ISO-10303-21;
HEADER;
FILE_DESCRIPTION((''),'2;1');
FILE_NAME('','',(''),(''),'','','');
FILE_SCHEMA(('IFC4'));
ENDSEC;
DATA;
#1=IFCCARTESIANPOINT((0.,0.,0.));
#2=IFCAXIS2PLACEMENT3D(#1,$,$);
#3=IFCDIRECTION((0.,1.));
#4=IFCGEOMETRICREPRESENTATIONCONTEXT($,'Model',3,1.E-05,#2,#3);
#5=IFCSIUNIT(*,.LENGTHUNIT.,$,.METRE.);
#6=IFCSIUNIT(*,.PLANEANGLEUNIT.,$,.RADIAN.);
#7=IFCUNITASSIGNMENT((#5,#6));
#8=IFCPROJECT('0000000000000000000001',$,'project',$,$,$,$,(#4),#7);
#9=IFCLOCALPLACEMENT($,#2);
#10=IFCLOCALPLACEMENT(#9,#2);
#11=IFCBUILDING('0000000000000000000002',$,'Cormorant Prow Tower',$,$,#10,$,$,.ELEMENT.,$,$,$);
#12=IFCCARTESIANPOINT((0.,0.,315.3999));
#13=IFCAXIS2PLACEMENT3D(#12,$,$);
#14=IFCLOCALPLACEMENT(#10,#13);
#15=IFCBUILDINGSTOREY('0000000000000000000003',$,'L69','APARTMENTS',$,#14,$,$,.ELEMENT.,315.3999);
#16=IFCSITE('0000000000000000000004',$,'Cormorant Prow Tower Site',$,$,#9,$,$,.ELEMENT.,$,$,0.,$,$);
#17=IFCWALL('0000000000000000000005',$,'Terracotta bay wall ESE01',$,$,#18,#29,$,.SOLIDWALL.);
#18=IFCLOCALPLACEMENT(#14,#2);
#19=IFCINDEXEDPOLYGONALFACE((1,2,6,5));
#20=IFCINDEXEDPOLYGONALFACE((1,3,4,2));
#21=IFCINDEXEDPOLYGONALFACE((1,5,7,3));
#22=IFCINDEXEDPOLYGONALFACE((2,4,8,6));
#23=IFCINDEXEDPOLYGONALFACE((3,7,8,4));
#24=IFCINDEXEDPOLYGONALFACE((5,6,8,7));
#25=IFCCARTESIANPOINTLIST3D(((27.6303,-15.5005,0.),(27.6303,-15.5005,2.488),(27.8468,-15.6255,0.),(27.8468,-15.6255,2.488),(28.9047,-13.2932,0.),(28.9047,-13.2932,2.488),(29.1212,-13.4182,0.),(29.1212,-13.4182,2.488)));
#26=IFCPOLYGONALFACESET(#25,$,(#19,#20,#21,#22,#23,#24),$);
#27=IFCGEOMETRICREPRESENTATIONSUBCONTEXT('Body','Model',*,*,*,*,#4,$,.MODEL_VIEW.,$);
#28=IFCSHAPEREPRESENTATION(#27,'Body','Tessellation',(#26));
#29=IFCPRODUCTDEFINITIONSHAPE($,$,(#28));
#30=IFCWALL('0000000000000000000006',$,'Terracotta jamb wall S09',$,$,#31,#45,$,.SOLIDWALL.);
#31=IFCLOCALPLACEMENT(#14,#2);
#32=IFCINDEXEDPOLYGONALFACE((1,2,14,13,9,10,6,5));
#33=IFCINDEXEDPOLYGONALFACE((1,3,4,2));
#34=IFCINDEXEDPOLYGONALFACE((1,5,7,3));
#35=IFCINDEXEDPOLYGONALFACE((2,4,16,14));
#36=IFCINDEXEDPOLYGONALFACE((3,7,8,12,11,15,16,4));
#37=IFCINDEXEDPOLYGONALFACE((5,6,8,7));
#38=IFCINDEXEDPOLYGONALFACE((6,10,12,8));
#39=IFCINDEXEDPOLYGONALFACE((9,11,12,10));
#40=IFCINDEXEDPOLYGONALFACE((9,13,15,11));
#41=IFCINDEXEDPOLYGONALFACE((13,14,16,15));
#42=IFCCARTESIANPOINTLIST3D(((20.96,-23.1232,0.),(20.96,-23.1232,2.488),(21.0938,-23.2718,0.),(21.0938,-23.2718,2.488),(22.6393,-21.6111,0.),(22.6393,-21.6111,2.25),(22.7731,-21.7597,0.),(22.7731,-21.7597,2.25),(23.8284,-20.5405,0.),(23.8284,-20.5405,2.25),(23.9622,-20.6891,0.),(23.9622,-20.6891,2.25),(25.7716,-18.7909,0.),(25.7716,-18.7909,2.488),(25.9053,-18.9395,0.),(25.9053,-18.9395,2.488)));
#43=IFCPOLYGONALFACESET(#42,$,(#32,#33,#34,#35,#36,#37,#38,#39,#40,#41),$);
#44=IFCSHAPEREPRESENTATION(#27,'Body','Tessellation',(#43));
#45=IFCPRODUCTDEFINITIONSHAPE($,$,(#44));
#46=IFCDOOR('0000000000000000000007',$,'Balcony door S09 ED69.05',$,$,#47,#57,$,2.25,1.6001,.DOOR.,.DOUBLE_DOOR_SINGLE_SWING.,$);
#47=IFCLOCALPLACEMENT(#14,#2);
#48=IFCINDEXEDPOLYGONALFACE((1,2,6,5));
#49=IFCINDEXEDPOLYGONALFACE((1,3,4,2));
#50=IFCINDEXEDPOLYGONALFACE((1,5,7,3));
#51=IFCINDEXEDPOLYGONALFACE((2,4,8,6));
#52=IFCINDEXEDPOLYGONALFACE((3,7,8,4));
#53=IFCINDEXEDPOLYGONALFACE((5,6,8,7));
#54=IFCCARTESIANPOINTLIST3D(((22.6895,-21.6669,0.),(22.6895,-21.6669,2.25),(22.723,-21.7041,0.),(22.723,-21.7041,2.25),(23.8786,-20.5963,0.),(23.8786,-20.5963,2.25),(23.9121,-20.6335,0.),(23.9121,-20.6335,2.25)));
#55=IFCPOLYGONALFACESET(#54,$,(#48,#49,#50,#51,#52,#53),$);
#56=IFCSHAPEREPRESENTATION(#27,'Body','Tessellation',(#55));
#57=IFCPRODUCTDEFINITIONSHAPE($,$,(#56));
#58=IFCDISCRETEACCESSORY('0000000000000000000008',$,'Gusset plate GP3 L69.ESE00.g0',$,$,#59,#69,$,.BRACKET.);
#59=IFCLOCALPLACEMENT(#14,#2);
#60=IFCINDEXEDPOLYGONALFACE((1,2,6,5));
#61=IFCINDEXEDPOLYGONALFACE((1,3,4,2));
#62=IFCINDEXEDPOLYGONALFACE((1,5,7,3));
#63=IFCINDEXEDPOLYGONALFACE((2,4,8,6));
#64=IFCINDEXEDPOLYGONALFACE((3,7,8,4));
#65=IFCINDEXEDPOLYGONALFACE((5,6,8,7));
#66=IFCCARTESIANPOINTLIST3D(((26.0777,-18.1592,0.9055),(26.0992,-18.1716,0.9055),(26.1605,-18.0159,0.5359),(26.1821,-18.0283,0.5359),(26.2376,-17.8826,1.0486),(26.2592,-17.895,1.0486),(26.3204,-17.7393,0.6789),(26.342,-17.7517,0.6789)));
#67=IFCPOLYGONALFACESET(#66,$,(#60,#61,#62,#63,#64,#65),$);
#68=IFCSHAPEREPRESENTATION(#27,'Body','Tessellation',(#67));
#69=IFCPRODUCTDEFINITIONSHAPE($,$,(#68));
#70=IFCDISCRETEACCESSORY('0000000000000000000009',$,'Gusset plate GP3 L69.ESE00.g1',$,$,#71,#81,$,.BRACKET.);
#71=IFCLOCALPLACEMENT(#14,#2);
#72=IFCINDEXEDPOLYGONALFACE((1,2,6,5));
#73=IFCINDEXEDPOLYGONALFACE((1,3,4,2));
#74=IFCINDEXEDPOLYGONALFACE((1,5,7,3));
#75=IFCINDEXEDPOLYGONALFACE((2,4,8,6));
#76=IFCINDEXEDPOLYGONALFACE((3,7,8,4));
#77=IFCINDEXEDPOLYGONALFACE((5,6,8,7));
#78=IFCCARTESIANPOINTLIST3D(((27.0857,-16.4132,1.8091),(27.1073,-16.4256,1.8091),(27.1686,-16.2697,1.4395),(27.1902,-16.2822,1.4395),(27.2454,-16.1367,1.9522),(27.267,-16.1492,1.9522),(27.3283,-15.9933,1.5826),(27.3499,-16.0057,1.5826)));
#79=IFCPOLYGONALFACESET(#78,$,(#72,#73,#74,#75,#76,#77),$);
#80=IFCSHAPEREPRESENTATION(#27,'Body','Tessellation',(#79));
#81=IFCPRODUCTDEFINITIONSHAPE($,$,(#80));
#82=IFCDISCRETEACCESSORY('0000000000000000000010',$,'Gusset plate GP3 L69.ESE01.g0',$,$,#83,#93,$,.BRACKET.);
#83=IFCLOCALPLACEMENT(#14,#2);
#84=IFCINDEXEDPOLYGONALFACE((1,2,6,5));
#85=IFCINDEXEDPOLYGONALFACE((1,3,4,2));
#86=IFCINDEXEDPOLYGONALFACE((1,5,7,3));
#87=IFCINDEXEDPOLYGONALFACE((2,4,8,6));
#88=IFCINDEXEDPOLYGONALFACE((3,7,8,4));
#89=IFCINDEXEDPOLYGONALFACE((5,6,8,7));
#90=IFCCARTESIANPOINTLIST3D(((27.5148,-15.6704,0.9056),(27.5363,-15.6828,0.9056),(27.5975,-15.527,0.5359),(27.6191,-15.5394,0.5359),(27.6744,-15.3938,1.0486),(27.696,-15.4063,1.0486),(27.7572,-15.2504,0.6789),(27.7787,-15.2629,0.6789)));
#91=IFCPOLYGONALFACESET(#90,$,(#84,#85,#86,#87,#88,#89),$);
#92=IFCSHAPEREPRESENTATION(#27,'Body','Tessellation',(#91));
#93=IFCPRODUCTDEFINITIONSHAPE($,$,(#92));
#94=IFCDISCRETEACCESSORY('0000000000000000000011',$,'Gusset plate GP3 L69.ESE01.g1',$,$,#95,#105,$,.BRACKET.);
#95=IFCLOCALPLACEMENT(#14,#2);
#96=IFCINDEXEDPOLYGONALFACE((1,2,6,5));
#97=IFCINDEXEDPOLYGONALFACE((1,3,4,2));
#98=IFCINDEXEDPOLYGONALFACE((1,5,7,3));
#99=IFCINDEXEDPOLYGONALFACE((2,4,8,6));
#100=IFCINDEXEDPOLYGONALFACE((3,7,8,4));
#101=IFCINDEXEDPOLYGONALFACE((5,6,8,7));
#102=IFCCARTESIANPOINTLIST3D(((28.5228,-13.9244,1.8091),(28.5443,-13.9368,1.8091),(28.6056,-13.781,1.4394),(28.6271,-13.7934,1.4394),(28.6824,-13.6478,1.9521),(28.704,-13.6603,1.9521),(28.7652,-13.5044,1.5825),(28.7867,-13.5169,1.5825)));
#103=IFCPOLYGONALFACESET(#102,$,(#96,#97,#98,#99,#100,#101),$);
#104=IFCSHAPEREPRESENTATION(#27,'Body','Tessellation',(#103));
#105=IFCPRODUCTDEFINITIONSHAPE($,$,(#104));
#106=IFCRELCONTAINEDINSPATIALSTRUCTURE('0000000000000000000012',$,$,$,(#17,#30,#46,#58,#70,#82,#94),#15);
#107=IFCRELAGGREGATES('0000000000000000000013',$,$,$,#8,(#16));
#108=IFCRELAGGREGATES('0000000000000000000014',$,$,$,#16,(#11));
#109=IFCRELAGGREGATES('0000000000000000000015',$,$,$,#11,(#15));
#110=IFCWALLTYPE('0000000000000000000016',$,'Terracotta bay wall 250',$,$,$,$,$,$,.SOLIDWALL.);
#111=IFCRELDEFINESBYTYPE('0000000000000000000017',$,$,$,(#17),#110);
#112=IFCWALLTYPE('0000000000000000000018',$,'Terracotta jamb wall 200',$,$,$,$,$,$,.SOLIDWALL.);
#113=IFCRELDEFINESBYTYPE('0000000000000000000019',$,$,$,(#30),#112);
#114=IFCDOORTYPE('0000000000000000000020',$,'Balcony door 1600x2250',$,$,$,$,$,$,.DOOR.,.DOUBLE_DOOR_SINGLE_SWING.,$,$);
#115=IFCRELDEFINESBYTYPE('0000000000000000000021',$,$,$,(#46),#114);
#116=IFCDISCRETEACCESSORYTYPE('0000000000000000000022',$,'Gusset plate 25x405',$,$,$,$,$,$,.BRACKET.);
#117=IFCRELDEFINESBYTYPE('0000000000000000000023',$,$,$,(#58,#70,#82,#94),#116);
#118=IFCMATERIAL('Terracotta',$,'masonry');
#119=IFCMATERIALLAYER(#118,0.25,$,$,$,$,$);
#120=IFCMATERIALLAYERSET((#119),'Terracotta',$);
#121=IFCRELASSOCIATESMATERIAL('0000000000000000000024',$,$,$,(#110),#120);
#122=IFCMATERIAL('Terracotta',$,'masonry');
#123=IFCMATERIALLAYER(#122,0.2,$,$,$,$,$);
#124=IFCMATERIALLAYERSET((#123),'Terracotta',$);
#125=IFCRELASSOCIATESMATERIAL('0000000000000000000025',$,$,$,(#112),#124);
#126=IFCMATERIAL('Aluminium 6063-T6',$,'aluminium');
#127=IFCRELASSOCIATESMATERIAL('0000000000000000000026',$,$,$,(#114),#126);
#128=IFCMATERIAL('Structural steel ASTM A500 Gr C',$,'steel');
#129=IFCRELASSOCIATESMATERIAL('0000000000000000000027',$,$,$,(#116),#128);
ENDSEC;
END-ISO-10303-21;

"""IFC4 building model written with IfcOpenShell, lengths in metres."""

from ifc_helpers import new_model, si_unit, direction, frame, frame_2d, origin, origin_2d, place, context, subcontext, project, spatial, rectangle, extrude, material, layer, layer_set, material_profile, profile_set, type_object, element, fill, save


model = new_model("IFC4")

# Units and contexts
model_context = context("Model", 3, precision=1e-05, world=origin(), true_north=direction((0.0, 1.0)))
body_context = subcontext(model_context, "Body", "Model", "MODEL_VIEW")
ifc_project = project(units=[si_unit("LENGTHUNIT", "METRE"), si_unit("PLANEANGLEUNIT", "RADIAN")], contexts=[model_context])

# Site, building, storey
site_placement = place(None, origin())
site = spatial("IfcSite", under=ifc_project, at=site_placement, Name="Cormorant Prow Tower Site", CompositionType="ELEMENT", RefElevation=0.0)
building_placement = place(site_placement, origin())
building = spatial("IfcBuilding", under=site, at=building_placement, Name="Cormorant Prow Tower", CompositionType="ELEMENT")
storey_placement = place(building_placement, frame((0.0, 0.0, 315.3999)))
storey = spatial("IfcBuildingStorey", under=building, at=storey_placement, Name="L69", Description="APARTMENTS", CompositionType="ELEMENT", Elevation=315.3999)

# Shared definitions
ifc_material_1 = material(Name="Terracotta", Category="masonry")
ifc_layer_1 = layer(ifc_material_1, 0.25)
ifc_layer_set_1 = layer_set([ifc_layer_1], Name="Terracotta")
wall_type_1 = type_object("IfcWallType", Name="Terracotta bay wall 250", PredefinedType="SOLIDWALL", material=ifc_layer_set_1)

# Wall
wall_1_placement = place(storey_placement, frame((27.7385, -15.563, 0.0), z_axis=(0.0, 0.0, 1.0), x_axis=(0.500013, 0.866018, 0.0)))
element("IfcWall", 1, at=wall_1_placement, inside=storey, type_object=wall_type_1, Name="Terracotta bay wall ESE01", PredefinedType="SOLIDWALL", context=body_context, shape_type="SweptSolid", body=[
    extrude(rectangle(XDim=2.5488, YDim=0.25, at=frame_2d((1.2744, 0.0))), origin(), (0.0, 0.0, 1.0), 2.488),
])

# Wall, opening, door
ifc_material_2 = material(Name="Terracotta", Category="masonry")
ifc_layer_2 = layer(ifc_material_2, 0.2)
ifc_layer_set_2 = layer_set([ifc_layer_2], Name="Terracotta")
wall_type_2 = type_object("IfcWallType", Name="Terracotta jamb wall 200", PredefinedType="SOLIDWALL", material=ifc_layer_set_2)
wall_2_placement = place(storey_placement, frame((21.0269, -23.1975, 0.0), z_axis=(0.0, 0.0, 1.0), x_axis=(0.743148, 0.669127, 0.0)))
wall_2 = element("IfcWall", 2, at=wall_2_placement, inside=storey, type_object=wall_type_2, Name="Terracotta jamb wall S09", PredefinedType="SOLIDWALL", context=body_context, shape_type="SweptSolid", body=[
    extrude(rectangle(XDim=6.4746, YDim=0.2, at=frame_2d((3.2373, 0.0))), origin(), (0.0, 0.0, 1.0), 2.488),
])
opening_1_placement = place(wall_2_placement, frame((2.2598, 0.0, 0.0)))
opening_1 = element("IfcOpeningElement", 3, at=opening_1_placement, cuts=wall_2, PredefinedType="OPENING", context=body_context, shape_type="SweptSolid", body=[
    extrude(rectangle(XDim=1.6001, YDim=2.25, at=frame_2d((0.8, 1.125))), frame((0.0, 0.1099, 0.0), z_axis=(0.0, -1.0, 0.0), x_axis=(1.0, 0.0, 0.0)), (0.0, 0.0, 1.0), 0.22),
])
ifc_material_3 = material(Name="Aluminium 6063-T6", Category="aluminium")
door_type_1 = type_object("IfcDoorType", Name="Balcony door 1600x2250", OperationType="DOUBLE_DOOR_SINGLE_SWING", PredefinedType="DOOR", material=ifc_material_3)
door_1_placement = place(opening_1_placement, origin())
door_1 = element("IfcDoor", 4, at=door_1_placement, inside=storey, type_object=door_type_1, Name="Balcony door S09 ED69.05", OperationType="DOUBLE_DOOR_SINGLE_SWING", OverallHeight=2.25, OverallWidth=1.6001, PredefinedType="DOOR", context=body_context, shape_type="SweptSolid", body=[
    extrude(rectangle(XDim=1.6001, YDim=2.25, at=frame_2d((0.8, 1.125))), frame((0.0, 0.0249, 0.0), z_axis=(0.0, -1.0, 0.0), x_axis=(1.0, 0.0, 0.0)), (0.0, 0.0, 1.0), 0.05),
])
fill(opening_1, door_1)

# Discrete accessories
ifc_material_4 = material(Name="Structural steel ASTM A500 Gr C", Category="steel")
ifc_material_profile_1 = material_profile(ifc_material_4, rectangle(XDim=0.0249, YDim=0.405, at=origin_2d()), Name="Gusset plate 25x405")
ifc_profile_set_1 = profile_set([ifc_material_profile_1], Name="Structural steel ASTM A500 Gr C")
discrete_accessory_type = type_object("IfcDiscreteAccessoryType", Name="Gusset plate 25x405", PredefinedType="BRACKET", material=ifc_profile_set_1)
discrete_accessory_placement = place(storey_placement, frame((26.2898, -17.8171, 0.8638), z_axis=(-0.456792, -0.790145, -0.408672), x_axis=(0.86574, -0.500494, 0.0)))
element("IfcDiscreteAccessory", 5, at=discrete_accessory_placement, inside=storey, type_object=discrete_accessory_type, Name="Gusset plate GP3 L69.ESE00.g0", PredefinedType="BRACKET", context=body_context, shape_type="SweptSolid", body=[
    extrude(rectangle(XDim=0.0249, YDim=0.405, at=origin_2d()), origin(), (0.0, 0.0, 1.0), 0.3501),
])
for number, where, z_axis, x_axis, name in (
    (6, (27.1379, -16.3477, 1.6243), (0.456491, 0.790135, 0.409027), (-0.86588, 0.500252, 0.0), "Gusset plate GP3 L69.ESE00.g1"),
    (7, (27.7266, -15.3284, 0.8638), (-0.456239, -0.790397, -0.408802), (0.866071, -0.499921, 0.0), "Gusset plate GP3 L69.ESE01.g0"),
    (8, (28.575, -13.8589, 1.6243), (0.456239, 0.790397, 0.408802), (-0.866071, 0.499921, 0.0), "Gusset plate GP3 L69.ESE01.g1"),
):
    element("IfcDiscreteAccessory", number, at=place(storey_placement, frame(where, z_axis=z_axis, x_axis=x_axis)), inside=storey, type_object=discrete_accessory_type, Name=name, PredefinedType="BRACKET", context=body_context, shape_type="SweptSolid", body=[
        extrude(rectangle(XDim=0.0249, YDim=0.405, at=origin_2d()), origin(), (0.0, 0.0, 1.0), 0.3499),
    ])

save(model, "model.ifc")
